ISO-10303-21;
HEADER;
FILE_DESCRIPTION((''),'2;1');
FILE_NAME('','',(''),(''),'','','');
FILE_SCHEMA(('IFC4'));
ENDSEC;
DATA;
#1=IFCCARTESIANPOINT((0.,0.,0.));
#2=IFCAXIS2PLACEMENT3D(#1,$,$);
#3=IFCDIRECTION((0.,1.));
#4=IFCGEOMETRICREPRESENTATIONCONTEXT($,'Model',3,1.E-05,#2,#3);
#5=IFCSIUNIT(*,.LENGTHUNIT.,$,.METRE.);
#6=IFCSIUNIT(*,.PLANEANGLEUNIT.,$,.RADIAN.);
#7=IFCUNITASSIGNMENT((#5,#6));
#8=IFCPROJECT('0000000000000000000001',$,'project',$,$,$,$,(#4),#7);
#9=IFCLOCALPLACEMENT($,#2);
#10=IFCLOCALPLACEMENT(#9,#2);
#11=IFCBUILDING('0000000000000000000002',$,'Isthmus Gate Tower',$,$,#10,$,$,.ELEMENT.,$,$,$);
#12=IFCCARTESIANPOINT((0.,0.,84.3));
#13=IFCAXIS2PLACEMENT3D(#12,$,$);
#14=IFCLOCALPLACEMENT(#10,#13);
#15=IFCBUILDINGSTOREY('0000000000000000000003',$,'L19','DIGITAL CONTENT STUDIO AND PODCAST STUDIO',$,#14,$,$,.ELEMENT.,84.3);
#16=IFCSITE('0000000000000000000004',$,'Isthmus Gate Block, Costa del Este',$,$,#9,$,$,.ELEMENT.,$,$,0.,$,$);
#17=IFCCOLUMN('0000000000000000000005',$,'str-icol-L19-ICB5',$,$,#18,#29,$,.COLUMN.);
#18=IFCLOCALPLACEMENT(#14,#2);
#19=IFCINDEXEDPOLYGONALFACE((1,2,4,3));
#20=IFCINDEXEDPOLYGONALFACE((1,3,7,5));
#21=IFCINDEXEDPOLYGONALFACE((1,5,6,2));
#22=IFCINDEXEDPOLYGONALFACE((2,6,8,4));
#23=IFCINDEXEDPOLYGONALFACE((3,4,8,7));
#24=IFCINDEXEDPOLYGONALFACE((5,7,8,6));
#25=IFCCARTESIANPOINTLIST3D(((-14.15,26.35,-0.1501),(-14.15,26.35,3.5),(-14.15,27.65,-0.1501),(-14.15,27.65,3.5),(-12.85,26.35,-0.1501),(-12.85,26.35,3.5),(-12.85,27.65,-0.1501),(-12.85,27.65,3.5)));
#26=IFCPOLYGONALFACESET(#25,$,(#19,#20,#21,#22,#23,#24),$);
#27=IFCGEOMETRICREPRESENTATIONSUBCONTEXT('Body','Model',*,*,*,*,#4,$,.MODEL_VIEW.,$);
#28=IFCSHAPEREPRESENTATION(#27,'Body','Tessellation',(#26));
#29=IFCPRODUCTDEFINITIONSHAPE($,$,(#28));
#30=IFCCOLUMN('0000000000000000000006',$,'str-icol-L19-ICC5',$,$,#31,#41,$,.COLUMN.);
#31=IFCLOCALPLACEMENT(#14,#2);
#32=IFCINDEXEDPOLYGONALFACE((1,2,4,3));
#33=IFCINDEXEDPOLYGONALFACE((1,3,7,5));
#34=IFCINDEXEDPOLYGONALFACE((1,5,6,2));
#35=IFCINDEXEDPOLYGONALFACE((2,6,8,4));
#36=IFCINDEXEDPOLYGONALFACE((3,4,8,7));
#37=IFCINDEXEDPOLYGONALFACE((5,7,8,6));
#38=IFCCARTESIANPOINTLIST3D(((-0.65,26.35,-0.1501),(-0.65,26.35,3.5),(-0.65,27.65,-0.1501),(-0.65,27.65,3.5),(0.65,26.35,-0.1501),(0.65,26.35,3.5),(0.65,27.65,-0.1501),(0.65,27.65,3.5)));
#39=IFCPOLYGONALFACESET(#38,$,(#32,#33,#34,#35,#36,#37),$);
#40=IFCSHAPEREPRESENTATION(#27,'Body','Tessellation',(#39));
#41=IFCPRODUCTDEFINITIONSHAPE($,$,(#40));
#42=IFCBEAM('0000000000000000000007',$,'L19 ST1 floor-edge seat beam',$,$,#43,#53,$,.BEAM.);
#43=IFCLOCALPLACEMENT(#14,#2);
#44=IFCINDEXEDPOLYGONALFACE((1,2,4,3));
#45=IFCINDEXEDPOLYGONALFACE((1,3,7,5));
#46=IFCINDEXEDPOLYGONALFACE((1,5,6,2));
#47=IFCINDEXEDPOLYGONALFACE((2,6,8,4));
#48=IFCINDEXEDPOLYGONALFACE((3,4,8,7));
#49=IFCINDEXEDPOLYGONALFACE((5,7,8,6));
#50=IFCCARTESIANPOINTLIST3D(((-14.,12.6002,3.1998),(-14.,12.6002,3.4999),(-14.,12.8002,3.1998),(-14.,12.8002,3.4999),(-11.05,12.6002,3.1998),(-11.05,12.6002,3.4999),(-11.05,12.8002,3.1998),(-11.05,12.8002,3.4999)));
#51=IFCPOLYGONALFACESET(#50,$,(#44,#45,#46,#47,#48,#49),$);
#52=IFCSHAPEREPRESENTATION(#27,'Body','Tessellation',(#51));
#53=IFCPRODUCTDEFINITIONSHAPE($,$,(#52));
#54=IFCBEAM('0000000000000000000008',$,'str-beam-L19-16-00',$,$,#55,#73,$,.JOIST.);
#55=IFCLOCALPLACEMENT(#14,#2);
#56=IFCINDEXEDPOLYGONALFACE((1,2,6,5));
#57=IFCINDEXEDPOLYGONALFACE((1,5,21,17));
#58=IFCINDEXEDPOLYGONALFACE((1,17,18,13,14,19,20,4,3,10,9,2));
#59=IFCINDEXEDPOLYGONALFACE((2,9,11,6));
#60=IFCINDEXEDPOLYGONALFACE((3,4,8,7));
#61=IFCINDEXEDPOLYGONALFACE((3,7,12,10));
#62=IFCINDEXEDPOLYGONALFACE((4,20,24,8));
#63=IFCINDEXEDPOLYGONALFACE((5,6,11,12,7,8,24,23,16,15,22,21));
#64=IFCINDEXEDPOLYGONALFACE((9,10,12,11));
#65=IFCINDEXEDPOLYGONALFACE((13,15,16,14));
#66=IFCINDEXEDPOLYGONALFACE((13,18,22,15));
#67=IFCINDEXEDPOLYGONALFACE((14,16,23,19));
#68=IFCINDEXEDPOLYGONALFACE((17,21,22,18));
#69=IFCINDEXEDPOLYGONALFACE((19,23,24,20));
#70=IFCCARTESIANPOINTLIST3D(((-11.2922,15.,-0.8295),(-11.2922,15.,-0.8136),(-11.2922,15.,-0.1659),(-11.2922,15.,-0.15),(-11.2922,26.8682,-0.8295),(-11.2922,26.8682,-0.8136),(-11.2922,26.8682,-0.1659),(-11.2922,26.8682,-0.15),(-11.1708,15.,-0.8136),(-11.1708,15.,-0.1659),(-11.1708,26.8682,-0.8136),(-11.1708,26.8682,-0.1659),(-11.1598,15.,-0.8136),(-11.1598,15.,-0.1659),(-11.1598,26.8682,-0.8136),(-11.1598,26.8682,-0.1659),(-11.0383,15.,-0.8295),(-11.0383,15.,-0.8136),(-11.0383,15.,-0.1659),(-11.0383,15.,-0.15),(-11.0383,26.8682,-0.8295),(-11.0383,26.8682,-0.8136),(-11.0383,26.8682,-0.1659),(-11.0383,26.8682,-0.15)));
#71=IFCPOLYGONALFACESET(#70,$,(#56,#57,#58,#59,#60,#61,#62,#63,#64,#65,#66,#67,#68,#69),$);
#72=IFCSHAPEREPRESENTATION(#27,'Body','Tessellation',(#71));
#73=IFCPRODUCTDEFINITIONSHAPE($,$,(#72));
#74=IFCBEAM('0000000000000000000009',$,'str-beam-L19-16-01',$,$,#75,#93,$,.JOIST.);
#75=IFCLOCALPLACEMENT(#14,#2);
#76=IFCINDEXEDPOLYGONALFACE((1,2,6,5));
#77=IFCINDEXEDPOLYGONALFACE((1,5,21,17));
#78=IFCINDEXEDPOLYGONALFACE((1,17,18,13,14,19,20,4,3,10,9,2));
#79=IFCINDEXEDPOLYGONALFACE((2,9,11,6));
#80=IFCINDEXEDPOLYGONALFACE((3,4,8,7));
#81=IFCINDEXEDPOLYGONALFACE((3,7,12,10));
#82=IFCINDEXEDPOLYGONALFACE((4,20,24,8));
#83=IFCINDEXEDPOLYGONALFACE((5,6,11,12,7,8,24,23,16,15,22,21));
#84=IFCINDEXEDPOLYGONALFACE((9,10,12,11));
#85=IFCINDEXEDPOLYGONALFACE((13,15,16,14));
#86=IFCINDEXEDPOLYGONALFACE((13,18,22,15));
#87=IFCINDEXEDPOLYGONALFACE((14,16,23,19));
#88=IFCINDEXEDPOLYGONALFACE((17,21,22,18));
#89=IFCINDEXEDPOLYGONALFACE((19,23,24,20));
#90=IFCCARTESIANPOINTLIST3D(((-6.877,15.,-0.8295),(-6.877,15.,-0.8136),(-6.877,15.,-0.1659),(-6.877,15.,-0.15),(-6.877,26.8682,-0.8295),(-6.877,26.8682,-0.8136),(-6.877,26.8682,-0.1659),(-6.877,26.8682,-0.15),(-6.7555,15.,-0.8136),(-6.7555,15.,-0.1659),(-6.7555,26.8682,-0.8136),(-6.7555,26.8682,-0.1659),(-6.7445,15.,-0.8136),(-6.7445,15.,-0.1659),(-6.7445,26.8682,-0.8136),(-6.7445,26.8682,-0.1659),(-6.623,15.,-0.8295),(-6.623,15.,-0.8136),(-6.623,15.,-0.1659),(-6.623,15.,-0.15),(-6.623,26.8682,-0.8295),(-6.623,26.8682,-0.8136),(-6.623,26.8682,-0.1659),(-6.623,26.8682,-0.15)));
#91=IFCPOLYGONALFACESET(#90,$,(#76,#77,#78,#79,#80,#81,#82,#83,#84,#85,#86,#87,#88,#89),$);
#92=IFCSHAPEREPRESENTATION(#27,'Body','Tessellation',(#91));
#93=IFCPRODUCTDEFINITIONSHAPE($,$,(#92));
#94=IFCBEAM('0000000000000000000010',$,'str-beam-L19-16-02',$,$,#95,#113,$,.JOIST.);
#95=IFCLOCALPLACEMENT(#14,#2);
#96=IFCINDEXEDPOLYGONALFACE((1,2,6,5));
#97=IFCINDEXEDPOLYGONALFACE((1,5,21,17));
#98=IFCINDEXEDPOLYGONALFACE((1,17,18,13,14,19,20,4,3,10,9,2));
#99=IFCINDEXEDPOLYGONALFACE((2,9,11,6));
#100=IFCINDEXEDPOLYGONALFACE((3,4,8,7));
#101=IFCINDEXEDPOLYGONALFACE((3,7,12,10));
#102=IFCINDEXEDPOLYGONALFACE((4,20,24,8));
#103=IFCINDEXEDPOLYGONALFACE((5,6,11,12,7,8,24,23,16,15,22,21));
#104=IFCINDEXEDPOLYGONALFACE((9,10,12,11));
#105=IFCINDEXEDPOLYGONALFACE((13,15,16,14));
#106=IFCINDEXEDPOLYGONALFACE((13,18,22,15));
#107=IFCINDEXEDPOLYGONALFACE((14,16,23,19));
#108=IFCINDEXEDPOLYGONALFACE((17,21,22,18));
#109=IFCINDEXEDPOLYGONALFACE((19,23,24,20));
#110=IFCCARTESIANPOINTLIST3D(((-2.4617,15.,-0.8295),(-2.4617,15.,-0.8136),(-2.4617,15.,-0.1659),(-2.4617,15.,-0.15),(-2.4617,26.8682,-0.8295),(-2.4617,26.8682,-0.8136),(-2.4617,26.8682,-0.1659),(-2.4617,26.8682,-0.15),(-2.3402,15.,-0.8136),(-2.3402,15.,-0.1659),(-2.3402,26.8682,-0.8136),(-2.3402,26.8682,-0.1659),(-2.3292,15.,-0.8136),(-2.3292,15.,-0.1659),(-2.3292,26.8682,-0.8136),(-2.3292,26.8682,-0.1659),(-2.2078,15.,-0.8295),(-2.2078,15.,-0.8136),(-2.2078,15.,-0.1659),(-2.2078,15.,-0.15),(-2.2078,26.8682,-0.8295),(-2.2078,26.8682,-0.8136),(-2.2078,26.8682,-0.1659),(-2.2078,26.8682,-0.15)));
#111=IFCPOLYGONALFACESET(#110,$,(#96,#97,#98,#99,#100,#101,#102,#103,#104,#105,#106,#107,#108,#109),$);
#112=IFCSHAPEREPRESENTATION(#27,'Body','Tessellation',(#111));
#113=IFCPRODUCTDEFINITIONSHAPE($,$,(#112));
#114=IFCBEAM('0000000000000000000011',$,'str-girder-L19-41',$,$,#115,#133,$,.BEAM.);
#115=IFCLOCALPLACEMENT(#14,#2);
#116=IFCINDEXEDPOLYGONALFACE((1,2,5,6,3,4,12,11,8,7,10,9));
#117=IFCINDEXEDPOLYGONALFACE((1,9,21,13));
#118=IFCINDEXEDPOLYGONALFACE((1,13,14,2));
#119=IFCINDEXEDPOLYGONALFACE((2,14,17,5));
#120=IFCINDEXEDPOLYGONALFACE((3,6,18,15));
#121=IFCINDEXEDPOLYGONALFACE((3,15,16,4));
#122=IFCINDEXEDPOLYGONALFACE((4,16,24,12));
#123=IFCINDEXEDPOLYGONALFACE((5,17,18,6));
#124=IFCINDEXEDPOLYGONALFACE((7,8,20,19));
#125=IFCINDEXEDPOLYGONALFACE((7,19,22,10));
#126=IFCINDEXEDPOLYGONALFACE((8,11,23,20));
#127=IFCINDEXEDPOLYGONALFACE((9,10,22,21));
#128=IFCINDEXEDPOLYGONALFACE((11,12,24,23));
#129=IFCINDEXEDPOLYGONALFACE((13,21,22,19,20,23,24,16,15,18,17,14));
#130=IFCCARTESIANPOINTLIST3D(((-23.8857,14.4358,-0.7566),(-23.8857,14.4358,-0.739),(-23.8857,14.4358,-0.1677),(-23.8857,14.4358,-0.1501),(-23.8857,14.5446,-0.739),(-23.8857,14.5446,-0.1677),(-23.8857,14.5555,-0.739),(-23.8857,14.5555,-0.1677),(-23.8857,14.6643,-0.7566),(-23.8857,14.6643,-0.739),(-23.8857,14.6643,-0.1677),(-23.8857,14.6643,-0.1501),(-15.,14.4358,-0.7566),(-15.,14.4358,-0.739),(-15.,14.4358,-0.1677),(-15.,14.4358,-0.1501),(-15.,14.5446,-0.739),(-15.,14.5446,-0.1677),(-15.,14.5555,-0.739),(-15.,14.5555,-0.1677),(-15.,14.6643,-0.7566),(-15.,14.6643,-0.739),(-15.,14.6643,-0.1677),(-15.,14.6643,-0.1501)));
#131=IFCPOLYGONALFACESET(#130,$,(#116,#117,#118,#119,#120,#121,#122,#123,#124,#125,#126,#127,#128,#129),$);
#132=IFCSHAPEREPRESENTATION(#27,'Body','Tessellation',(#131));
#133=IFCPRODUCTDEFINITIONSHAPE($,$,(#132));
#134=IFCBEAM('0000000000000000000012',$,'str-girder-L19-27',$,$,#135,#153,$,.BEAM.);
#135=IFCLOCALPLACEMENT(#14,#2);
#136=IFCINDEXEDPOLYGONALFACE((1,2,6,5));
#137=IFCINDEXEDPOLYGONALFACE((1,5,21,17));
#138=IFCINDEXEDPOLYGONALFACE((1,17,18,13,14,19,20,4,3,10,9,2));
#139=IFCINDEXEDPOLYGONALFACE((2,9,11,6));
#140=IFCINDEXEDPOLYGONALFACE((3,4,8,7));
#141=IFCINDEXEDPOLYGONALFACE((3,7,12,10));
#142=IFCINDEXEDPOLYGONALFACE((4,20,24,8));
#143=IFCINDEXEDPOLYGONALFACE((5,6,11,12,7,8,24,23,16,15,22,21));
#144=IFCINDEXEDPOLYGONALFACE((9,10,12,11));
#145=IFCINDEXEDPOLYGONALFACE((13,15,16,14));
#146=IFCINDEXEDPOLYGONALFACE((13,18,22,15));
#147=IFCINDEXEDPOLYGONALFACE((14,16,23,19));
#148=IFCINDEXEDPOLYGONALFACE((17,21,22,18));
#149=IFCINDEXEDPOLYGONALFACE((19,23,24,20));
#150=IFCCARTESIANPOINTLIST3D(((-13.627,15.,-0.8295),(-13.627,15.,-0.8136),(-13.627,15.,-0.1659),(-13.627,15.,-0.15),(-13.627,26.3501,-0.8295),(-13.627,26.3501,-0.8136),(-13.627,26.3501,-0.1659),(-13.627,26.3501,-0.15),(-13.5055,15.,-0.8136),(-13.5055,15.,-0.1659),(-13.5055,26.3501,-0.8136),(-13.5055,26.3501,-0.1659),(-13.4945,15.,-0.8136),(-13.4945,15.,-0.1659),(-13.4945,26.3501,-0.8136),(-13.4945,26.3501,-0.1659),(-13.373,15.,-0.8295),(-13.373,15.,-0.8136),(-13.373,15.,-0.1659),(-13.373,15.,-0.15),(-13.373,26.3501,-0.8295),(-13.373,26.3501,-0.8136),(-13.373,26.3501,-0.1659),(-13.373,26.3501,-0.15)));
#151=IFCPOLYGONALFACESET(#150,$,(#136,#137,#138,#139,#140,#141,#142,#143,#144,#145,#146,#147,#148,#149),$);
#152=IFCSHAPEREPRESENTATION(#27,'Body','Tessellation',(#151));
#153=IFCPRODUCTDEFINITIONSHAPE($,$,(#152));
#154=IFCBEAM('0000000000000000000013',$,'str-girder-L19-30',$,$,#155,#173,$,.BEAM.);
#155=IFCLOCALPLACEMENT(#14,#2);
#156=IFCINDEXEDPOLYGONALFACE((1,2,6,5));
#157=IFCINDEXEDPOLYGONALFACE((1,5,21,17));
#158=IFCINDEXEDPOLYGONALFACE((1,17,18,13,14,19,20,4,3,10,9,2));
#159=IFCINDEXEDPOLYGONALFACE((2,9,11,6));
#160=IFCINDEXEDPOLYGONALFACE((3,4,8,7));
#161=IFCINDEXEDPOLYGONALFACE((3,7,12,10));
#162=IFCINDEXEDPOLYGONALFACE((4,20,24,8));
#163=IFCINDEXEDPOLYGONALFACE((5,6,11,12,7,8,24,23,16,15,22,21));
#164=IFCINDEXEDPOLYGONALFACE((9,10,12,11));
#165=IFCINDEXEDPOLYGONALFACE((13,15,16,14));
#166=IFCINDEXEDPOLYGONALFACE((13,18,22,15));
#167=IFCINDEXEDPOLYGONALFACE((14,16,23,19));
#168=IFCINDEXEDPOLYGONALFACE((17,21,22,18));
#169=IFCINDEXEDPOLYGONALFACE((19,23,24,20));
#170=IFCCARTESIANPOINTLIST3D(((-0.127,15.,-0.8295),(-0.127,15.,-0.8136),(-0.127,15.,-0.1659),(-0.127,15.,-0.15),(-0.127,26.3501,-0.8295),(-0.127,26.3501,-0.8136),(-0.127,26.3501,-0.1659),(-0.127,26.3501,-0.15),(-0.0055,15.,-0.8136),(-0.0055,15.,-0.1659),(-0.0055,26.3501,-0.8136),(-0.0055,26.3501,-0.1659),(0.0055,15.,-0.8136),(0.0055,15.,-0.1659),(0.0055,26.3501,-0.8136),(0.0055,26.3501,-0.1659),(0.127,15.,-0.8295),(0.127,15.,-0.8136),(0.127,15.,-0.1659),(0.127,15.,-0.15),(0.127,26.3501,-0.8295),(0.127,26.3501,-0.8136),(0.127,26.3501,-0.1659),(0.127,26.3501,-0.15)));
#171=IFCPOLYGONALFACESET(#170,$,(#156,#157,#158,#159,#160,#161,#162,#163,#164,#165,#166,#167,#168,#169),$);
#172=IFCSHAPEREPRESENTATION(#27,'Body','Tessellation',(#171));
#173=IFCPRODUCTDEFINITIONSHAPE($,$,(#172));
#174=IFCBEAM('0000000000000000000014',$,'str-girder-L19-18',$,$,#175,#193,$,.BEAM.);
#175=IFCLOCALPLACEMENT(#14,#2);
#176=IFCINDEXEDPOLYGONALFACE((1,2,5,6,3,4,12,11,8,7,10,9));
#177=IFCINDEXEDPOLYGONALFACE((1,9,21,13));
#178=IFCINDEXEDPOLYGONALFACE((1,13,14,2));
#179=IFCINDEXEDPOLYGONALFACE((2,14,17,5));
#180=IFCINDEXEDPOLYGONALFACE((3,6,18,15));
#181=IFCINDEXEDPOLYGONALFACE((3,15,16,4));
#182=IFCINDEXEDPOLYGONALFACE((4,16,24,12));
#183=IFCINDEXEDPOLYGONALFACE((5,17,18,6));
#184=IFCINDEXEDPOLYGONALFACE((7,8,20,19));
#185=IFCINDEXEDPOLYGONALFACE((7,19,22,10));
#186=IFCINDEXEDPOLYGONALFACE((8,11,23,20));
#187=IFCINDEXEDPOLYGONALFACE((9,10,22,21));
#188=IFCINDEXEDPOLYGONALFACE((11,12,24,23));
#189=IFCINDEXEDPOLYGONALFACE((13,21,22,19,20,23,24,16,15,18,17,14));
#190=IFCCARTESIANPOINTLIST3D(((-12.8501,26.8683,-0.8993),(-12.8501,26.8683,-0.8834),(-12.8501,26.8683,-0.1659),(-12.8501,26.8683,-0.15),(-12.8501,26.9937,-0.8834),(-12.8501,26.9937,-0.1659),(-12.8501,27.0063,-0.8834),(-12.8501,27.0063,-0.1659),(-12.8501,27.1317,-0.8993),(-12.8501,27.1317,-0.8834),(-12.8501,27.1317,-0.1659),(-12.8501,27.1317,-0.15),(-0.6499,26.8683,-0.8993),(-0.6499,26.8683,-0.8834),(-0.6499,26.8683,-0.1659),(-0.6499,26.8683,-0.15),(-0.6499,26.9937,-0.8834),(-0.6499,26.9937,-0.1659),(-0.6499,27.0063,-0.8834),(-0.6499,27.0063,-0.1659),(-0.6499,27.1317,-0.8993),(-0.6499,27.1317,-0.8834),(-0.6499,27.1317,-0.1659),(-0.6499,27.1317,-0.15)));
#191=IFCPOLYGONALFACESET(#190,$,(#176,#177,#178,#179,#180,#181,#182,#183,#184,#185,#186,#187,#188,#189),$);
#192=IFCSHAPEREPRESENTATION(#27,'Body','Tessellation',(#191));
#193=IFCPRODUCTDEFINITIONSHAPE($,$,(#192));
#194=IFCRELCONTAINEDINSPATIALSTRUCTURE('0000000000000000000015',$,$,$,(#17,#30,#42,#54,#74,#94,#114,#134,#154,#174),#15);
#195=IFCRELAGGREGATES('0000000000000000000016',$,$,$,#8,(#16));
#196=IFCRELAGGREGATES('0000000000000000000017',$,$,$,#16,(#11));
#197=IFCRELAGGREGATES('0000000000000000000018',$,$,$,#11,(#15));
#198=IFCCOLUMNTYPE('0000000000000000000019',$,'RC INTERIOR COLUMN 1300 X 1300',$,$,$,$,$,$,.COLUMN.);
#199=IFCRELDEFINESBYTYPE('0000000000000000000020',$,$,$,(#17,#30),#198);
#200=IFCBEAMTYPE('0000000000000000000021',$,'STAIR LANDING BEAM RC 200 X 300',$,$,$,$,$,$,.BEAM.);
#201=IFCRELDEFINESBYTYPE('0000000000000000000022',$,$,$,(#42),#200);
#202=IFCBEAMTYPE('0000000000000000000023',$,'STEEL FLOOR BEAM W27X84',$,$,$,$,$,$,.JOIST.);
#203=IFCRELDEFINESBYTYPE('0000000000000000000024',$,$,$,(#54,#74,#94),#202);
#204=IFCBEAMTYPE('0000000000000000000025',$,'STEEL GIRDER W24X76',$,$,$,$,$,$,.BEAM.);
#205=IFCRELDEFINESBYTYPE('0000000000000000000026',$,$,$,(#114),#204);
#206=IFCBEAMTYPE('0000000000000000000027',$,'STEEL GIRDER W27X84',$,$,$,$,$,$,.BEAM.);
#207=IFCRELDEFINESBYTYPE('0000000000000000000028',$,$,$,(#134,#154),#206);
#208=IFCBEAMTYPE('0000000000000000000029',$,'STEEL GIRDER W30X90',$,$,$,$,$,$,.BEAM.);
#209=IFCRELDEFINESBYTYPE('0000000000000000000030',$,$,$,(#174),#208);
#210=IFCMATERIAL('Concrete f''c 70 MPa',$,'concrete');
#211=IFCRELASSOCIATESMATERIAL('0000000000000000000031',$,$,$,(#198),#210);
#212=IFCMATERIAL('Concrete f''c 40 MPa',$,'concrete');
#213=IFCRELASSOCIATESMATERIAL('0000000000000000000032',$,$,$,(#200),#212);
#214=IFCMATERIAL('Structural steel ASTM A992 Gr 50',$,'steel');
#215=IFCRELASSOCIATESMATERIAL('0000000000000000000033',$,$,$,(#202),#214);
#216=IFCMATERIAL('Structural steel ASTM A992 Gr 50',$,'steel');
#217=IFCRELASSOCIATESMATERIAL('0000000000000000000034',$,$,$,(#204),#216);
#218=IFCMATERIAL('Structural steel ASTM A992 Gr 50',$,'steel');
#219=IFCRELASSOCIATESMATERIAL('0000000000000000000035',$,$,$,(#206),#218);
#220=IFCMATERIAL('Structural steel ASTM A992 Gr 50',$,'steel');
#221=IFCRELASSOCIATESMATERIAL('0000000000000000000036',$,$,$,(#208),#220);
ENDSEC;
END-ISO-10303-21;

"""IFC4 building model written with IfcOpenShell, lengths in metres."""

from ifc_helpers import new_model, si_unit, direction, frame, origin, origin_2d, place, context, subcontext, project, spatial, rectangle, i_section, extrude, material, material_profile, profile_set, type_object, element, save


model = new_model("IFC4")

# Units and contexts
model_context = context("Model", 3, precision=1e-05, world=origin(), true_north=direction((0.0, 1.0)))
body_context = subcontext(model_context, "Body", "Model", "MODEL_VIEW")
ifc_project = project(units=[si_unit("LENGTHUNIT", "METRE"), si_unit("PLANEANGLEUNIT", "RADIAN")], contexts=[model_context])

# Site, building, storey
site_placement = place(None, origin())
site = spatial("IfcSite", under=ifc_project, at=site_placement, Name="Isthmus Gate Block, Costa del Este", CompositionType="ELEMENT", RefElevation=0.0)
building_placement = place(site_placement, origin())
building = spatial("IfcBuilding", under=site, at=building_placement, Name="Isthmus Gate Tower", CompositionType="ELEMENT")
storey_placement = place(building_placement, frame((0.0, 0.0, 84.3)))
storey = spatial("IfcBuildingStorey", under=building, at=storey_placement, Name="L19", Description="DIGITAL CONTENT STUDIO AND PODCAST STUDIO", CompositionType="ELEMENT", Elevation=84.3)

# Columns
ifc_material_1 = material(Name="Concrete f'c 70 MPa", Category="concrete")
ifc_material_profile_1 = material_profile(ifc_material_1, rectangle(XDim=1.3, YDim=1.3, at=origin_2d()), Name="RC 1300X1300")
ifc_profile_set_1 = profile_set([ifc_material_profile_1], Name="Concrete f'c 70 MPa")
column_type = type_object("IfcColumnType", Name="RC INTERIOR COLUMN 1300 X 1300", PredefinedType="COLUMN", material=ifc_profile_set_1)
for number, where, z_axis, x_axis, name in (
    (1, (-13.5, 27.0, -0.1501), (0.0, 0.0, 1.0), (1.0, 0.0, 0.0), "str-icol-L19-ICB5"),
    (2, (0.0, 27.0, -0.1501), (0.0, 0.0, 1.0), (1.0, 0.0, 0.0), "str-icol-L19-ICC5"),
):
    element("IfcColumn", number, at=place(storey_placement, frame(where, z_axis=z_axis, x_axis=x_axis)), inside=storey, type_object=column_type, Name=name, PredefinedType="COLUMN", context=body_context, shape_type="SweptSolid", body=[
        extrude(rectangle(XDim=1.3, YDim=1.3, at=origin_2d()), origin(), (0.0, 0.0, 1.0), 3.6501),
    ])

# Beams
ifc_material_2 = material(Name="Concrete f'c 40 MPa", Category="concrete")
ifc_material_profile_2 = material_profile(ifc_material_2, rectangle(XDim=0.2, YDim=0.3, at=origin_2d()), Name="STAIR LANDING BEAM RC 200 X 300")
ifc_profile_set_2 = profile_set([ifc_material_profile_2], Name="Concrete f'c 40 MPa")
beam_type_1 = type_object("IfcBeamType", Name="STAIR LANDING BEAM RC 200 X 300", PredefinedType="BEAM", material=ifc_profile_set_2)
beam_1_placement = place(storey_placement, frame((-14.0, 12.7002, 3.3499), z_axis=(1.0, 0.0, 0.0), x_axis=(0.0, 1.0, 0.0)))
element("IfcBeam", 3, at=beam_1_placement, inside=storey, type_object=beam_type_1, Name="L19 ST1 floor-edge seat beam", PredefinedType="BEAM", context=body_context, shape_type="SweptSolid", body=[
    extrude(rectangle(XDim=0.2, YDim=0.3, at=origin_2d()), origin(), (0.0, 0.0, 1.0), 2.95),
])
ifc_material_3 = material(Name="Structural steel ASTM A992 Gr 50", Category="steel")
ifc_material_profile_3 = material_profile(ifc_material_3, i_section(OverallWidth=0.2539, OverallDepth=0.6794, WebThickness=0.011, FlangeThickness=0.0159, at=origin_2d()), Name="W27X84")
ifc_profile_set_3 = profile_set([ifc_material_profile_3], Name="Structural steel ASTM A992 Gr 50")
beam_type_2 = type_object("IfcBeamType", Name="STEEL FLOOR BEAM W27X84", PredefinedType="JOIST", material=ifc_profile_set_3)
for number, where, z_axis, x_axis, name in (
    (4, (-11.1653, 15.0, -0.4897), (0.0, 1.0, 0.0), (-1.0, 0.0, 0.0), "str-beam-L19-16-00"),
    (5, (-6.75, 15.0, -0.4897), (0.0, 1.0, 0.0), (-1.0, 0.0, 0.0), "str-beam-L19-16-01"),
    (6, (-2.3347, 15.0, -0.4897), (0.0, 1.0, 0.0), (-1.0, 0.0, 0.0), "str-beam-L19-16-02"),
):
    element("IfcBeam", number, at=place(storey_placement, frame(where, z_axis=z_axis, x_axis=x_axis)), inside=storey, type_object=beam_type_2, Name=name, PredefinedType="JOIST", context=body_context, shape_type="SweptSolid", body=[
        extrude(i_section(OverallWidth=0.2539, OverallDepth=0.6794, WebThickness=0.011, FlangeThickness=0.0159, at=origin_2d()), origin(), (0.0, 0.0, 1.0), 11.8682),
    ])
ifc_material_4 = material(Name="Structural steel ASTM A992 Gr 50", Category="steel")
ifc_material_profile_4 = material_profile(ifc_material_4, i_section(OverallWidth=0.2285, OverallDepth=0.6064, WebThickness=0.011, FlangeThickness=0.0176, at=origin_2d()), Name="W24X76")
ifc_profile_set_4 = profile_set([ifc_material_profile_4], Name="Structural steel ASTM A992 Gr 50")
beam_type_3 = type_object("IfcBeamType", Name="STEEL GIRDER W24X76", PredefinedType="BEAM", material=ifc_profile_set_4)
beam_2_placement = place(storey_placement, frame((-15.0, 14.55, -0.4534), z_axis=(-1.0, 0.0, 0.0), x_axis=(0.0, -1.0, 0.0)))
element("IfcBeam", 7, at=beam_2_placement, inside=storey, type_object=beam_type_3, Name="str-girder-L19-41", PredefinedType="BEAM", context=body_context, shape_type="SweptSolid", body=[
    extrude(i_section(OverallWidth=0.2285, OverallDepth=0.6064, WebThickness=0.011, FlangeThickness=0.0176, at=origin_2d()), origin(), (0.0, 0.0, 1.0), 8.8857),
])
ifc_material_5 = material(Name="Structural steel ASTM A992 Gr 50", Category="steel")
ifc_material_profile_5 = material_profile(ifc_material_5, i_section(OverallWidth=0.2539, OverallDepth=0.6794, WebThickness=0.011, FlangeThickness=0.0159, at=origin_2d()), Name="W27X84")
ifc_profile_set_5 = profile_set([ifc_material_profile_5], Name="Structural steel ASTM A992 Gr 50")
beam_type_4 = type_object("IfcBeamType", Name="STEEL GIRDER W27X84", PredefinedType="BEAM", material=ifc_profile_set_5)
for number, where, z_axis, x_axis, name in (
    (8, (-13.5, 15.0, -0.4897), (0.0, 1.0, 0.0), (-1.0, 0.0, 0.0), "str-girder-L19-27"),
    (9, (0.0, 15.0, -0.4897), (0.0, 1.0, 0.0), (-1.0, 0.0, 0.0), "str-girder-L19-30"),
):
    element("IfcBeam", number, at=place(storey_placement, frame(where, z_axis=z_axis, x_axis=x_axis)), inside=storey, type_object=beam_type_4, Name=name, PredefinedType="BEAM", context=body_context, shape_type="SweptSolid", body=[
        extrude(i_section(OverallWidth=0.2539, OverallDepth=0.6794, WebThickness=0.011, FlangeThickness=0.0159, at=origin_2d()), origin(), (0.0, 0.0, 1.0), 11.3501),
    ])
ifc_material_6 = material(Name="Structural steel ASTM A992 Gr 50", Category="steel")
ifc_material_profile_6 = material_profile(ifc_material_6, i_section(OverallWidth=0.2634, OverallDepth=0.7493, WebThickness=0.0127, FlangeThickness=0.0159, at=origin_2d()), Name="W30X90")
ifc_profile_set_6 = profile_set([ifc_material_profile_6], Name="Structural steel ASTM A992 Gr 50")
beam_type_5 = type_object("IfcBeamType", Name="STEEL GIRDER W30X90", PredefinedType="BEAM", material=ifc_profile_set_6)
beam_3_placement = place(storey_placement, frame((-12.8501, 27.0, -0.5247), z_axis=(1.0, 0.0, 0.0), x_axis=(0.0, 1.0, 0.0)))
element("IfcBeam", 10, at=beam_3_placement, inside=storey, type_object=beam_type_5, Name="str-girder-L19-18", PredefinedType="BEAM", context=body_context, shape_type="SweptSolid", body=[
    extrude(i_section(OverallWidth=0.2634, OverallDepth=0.7493, WebThickness=0.0127, FlangeThickness=0.0159, at=origin_2d()), origin(), (0.0, 0.0, 1.0), 12.2002),
])

save(model, "model.ifc")
